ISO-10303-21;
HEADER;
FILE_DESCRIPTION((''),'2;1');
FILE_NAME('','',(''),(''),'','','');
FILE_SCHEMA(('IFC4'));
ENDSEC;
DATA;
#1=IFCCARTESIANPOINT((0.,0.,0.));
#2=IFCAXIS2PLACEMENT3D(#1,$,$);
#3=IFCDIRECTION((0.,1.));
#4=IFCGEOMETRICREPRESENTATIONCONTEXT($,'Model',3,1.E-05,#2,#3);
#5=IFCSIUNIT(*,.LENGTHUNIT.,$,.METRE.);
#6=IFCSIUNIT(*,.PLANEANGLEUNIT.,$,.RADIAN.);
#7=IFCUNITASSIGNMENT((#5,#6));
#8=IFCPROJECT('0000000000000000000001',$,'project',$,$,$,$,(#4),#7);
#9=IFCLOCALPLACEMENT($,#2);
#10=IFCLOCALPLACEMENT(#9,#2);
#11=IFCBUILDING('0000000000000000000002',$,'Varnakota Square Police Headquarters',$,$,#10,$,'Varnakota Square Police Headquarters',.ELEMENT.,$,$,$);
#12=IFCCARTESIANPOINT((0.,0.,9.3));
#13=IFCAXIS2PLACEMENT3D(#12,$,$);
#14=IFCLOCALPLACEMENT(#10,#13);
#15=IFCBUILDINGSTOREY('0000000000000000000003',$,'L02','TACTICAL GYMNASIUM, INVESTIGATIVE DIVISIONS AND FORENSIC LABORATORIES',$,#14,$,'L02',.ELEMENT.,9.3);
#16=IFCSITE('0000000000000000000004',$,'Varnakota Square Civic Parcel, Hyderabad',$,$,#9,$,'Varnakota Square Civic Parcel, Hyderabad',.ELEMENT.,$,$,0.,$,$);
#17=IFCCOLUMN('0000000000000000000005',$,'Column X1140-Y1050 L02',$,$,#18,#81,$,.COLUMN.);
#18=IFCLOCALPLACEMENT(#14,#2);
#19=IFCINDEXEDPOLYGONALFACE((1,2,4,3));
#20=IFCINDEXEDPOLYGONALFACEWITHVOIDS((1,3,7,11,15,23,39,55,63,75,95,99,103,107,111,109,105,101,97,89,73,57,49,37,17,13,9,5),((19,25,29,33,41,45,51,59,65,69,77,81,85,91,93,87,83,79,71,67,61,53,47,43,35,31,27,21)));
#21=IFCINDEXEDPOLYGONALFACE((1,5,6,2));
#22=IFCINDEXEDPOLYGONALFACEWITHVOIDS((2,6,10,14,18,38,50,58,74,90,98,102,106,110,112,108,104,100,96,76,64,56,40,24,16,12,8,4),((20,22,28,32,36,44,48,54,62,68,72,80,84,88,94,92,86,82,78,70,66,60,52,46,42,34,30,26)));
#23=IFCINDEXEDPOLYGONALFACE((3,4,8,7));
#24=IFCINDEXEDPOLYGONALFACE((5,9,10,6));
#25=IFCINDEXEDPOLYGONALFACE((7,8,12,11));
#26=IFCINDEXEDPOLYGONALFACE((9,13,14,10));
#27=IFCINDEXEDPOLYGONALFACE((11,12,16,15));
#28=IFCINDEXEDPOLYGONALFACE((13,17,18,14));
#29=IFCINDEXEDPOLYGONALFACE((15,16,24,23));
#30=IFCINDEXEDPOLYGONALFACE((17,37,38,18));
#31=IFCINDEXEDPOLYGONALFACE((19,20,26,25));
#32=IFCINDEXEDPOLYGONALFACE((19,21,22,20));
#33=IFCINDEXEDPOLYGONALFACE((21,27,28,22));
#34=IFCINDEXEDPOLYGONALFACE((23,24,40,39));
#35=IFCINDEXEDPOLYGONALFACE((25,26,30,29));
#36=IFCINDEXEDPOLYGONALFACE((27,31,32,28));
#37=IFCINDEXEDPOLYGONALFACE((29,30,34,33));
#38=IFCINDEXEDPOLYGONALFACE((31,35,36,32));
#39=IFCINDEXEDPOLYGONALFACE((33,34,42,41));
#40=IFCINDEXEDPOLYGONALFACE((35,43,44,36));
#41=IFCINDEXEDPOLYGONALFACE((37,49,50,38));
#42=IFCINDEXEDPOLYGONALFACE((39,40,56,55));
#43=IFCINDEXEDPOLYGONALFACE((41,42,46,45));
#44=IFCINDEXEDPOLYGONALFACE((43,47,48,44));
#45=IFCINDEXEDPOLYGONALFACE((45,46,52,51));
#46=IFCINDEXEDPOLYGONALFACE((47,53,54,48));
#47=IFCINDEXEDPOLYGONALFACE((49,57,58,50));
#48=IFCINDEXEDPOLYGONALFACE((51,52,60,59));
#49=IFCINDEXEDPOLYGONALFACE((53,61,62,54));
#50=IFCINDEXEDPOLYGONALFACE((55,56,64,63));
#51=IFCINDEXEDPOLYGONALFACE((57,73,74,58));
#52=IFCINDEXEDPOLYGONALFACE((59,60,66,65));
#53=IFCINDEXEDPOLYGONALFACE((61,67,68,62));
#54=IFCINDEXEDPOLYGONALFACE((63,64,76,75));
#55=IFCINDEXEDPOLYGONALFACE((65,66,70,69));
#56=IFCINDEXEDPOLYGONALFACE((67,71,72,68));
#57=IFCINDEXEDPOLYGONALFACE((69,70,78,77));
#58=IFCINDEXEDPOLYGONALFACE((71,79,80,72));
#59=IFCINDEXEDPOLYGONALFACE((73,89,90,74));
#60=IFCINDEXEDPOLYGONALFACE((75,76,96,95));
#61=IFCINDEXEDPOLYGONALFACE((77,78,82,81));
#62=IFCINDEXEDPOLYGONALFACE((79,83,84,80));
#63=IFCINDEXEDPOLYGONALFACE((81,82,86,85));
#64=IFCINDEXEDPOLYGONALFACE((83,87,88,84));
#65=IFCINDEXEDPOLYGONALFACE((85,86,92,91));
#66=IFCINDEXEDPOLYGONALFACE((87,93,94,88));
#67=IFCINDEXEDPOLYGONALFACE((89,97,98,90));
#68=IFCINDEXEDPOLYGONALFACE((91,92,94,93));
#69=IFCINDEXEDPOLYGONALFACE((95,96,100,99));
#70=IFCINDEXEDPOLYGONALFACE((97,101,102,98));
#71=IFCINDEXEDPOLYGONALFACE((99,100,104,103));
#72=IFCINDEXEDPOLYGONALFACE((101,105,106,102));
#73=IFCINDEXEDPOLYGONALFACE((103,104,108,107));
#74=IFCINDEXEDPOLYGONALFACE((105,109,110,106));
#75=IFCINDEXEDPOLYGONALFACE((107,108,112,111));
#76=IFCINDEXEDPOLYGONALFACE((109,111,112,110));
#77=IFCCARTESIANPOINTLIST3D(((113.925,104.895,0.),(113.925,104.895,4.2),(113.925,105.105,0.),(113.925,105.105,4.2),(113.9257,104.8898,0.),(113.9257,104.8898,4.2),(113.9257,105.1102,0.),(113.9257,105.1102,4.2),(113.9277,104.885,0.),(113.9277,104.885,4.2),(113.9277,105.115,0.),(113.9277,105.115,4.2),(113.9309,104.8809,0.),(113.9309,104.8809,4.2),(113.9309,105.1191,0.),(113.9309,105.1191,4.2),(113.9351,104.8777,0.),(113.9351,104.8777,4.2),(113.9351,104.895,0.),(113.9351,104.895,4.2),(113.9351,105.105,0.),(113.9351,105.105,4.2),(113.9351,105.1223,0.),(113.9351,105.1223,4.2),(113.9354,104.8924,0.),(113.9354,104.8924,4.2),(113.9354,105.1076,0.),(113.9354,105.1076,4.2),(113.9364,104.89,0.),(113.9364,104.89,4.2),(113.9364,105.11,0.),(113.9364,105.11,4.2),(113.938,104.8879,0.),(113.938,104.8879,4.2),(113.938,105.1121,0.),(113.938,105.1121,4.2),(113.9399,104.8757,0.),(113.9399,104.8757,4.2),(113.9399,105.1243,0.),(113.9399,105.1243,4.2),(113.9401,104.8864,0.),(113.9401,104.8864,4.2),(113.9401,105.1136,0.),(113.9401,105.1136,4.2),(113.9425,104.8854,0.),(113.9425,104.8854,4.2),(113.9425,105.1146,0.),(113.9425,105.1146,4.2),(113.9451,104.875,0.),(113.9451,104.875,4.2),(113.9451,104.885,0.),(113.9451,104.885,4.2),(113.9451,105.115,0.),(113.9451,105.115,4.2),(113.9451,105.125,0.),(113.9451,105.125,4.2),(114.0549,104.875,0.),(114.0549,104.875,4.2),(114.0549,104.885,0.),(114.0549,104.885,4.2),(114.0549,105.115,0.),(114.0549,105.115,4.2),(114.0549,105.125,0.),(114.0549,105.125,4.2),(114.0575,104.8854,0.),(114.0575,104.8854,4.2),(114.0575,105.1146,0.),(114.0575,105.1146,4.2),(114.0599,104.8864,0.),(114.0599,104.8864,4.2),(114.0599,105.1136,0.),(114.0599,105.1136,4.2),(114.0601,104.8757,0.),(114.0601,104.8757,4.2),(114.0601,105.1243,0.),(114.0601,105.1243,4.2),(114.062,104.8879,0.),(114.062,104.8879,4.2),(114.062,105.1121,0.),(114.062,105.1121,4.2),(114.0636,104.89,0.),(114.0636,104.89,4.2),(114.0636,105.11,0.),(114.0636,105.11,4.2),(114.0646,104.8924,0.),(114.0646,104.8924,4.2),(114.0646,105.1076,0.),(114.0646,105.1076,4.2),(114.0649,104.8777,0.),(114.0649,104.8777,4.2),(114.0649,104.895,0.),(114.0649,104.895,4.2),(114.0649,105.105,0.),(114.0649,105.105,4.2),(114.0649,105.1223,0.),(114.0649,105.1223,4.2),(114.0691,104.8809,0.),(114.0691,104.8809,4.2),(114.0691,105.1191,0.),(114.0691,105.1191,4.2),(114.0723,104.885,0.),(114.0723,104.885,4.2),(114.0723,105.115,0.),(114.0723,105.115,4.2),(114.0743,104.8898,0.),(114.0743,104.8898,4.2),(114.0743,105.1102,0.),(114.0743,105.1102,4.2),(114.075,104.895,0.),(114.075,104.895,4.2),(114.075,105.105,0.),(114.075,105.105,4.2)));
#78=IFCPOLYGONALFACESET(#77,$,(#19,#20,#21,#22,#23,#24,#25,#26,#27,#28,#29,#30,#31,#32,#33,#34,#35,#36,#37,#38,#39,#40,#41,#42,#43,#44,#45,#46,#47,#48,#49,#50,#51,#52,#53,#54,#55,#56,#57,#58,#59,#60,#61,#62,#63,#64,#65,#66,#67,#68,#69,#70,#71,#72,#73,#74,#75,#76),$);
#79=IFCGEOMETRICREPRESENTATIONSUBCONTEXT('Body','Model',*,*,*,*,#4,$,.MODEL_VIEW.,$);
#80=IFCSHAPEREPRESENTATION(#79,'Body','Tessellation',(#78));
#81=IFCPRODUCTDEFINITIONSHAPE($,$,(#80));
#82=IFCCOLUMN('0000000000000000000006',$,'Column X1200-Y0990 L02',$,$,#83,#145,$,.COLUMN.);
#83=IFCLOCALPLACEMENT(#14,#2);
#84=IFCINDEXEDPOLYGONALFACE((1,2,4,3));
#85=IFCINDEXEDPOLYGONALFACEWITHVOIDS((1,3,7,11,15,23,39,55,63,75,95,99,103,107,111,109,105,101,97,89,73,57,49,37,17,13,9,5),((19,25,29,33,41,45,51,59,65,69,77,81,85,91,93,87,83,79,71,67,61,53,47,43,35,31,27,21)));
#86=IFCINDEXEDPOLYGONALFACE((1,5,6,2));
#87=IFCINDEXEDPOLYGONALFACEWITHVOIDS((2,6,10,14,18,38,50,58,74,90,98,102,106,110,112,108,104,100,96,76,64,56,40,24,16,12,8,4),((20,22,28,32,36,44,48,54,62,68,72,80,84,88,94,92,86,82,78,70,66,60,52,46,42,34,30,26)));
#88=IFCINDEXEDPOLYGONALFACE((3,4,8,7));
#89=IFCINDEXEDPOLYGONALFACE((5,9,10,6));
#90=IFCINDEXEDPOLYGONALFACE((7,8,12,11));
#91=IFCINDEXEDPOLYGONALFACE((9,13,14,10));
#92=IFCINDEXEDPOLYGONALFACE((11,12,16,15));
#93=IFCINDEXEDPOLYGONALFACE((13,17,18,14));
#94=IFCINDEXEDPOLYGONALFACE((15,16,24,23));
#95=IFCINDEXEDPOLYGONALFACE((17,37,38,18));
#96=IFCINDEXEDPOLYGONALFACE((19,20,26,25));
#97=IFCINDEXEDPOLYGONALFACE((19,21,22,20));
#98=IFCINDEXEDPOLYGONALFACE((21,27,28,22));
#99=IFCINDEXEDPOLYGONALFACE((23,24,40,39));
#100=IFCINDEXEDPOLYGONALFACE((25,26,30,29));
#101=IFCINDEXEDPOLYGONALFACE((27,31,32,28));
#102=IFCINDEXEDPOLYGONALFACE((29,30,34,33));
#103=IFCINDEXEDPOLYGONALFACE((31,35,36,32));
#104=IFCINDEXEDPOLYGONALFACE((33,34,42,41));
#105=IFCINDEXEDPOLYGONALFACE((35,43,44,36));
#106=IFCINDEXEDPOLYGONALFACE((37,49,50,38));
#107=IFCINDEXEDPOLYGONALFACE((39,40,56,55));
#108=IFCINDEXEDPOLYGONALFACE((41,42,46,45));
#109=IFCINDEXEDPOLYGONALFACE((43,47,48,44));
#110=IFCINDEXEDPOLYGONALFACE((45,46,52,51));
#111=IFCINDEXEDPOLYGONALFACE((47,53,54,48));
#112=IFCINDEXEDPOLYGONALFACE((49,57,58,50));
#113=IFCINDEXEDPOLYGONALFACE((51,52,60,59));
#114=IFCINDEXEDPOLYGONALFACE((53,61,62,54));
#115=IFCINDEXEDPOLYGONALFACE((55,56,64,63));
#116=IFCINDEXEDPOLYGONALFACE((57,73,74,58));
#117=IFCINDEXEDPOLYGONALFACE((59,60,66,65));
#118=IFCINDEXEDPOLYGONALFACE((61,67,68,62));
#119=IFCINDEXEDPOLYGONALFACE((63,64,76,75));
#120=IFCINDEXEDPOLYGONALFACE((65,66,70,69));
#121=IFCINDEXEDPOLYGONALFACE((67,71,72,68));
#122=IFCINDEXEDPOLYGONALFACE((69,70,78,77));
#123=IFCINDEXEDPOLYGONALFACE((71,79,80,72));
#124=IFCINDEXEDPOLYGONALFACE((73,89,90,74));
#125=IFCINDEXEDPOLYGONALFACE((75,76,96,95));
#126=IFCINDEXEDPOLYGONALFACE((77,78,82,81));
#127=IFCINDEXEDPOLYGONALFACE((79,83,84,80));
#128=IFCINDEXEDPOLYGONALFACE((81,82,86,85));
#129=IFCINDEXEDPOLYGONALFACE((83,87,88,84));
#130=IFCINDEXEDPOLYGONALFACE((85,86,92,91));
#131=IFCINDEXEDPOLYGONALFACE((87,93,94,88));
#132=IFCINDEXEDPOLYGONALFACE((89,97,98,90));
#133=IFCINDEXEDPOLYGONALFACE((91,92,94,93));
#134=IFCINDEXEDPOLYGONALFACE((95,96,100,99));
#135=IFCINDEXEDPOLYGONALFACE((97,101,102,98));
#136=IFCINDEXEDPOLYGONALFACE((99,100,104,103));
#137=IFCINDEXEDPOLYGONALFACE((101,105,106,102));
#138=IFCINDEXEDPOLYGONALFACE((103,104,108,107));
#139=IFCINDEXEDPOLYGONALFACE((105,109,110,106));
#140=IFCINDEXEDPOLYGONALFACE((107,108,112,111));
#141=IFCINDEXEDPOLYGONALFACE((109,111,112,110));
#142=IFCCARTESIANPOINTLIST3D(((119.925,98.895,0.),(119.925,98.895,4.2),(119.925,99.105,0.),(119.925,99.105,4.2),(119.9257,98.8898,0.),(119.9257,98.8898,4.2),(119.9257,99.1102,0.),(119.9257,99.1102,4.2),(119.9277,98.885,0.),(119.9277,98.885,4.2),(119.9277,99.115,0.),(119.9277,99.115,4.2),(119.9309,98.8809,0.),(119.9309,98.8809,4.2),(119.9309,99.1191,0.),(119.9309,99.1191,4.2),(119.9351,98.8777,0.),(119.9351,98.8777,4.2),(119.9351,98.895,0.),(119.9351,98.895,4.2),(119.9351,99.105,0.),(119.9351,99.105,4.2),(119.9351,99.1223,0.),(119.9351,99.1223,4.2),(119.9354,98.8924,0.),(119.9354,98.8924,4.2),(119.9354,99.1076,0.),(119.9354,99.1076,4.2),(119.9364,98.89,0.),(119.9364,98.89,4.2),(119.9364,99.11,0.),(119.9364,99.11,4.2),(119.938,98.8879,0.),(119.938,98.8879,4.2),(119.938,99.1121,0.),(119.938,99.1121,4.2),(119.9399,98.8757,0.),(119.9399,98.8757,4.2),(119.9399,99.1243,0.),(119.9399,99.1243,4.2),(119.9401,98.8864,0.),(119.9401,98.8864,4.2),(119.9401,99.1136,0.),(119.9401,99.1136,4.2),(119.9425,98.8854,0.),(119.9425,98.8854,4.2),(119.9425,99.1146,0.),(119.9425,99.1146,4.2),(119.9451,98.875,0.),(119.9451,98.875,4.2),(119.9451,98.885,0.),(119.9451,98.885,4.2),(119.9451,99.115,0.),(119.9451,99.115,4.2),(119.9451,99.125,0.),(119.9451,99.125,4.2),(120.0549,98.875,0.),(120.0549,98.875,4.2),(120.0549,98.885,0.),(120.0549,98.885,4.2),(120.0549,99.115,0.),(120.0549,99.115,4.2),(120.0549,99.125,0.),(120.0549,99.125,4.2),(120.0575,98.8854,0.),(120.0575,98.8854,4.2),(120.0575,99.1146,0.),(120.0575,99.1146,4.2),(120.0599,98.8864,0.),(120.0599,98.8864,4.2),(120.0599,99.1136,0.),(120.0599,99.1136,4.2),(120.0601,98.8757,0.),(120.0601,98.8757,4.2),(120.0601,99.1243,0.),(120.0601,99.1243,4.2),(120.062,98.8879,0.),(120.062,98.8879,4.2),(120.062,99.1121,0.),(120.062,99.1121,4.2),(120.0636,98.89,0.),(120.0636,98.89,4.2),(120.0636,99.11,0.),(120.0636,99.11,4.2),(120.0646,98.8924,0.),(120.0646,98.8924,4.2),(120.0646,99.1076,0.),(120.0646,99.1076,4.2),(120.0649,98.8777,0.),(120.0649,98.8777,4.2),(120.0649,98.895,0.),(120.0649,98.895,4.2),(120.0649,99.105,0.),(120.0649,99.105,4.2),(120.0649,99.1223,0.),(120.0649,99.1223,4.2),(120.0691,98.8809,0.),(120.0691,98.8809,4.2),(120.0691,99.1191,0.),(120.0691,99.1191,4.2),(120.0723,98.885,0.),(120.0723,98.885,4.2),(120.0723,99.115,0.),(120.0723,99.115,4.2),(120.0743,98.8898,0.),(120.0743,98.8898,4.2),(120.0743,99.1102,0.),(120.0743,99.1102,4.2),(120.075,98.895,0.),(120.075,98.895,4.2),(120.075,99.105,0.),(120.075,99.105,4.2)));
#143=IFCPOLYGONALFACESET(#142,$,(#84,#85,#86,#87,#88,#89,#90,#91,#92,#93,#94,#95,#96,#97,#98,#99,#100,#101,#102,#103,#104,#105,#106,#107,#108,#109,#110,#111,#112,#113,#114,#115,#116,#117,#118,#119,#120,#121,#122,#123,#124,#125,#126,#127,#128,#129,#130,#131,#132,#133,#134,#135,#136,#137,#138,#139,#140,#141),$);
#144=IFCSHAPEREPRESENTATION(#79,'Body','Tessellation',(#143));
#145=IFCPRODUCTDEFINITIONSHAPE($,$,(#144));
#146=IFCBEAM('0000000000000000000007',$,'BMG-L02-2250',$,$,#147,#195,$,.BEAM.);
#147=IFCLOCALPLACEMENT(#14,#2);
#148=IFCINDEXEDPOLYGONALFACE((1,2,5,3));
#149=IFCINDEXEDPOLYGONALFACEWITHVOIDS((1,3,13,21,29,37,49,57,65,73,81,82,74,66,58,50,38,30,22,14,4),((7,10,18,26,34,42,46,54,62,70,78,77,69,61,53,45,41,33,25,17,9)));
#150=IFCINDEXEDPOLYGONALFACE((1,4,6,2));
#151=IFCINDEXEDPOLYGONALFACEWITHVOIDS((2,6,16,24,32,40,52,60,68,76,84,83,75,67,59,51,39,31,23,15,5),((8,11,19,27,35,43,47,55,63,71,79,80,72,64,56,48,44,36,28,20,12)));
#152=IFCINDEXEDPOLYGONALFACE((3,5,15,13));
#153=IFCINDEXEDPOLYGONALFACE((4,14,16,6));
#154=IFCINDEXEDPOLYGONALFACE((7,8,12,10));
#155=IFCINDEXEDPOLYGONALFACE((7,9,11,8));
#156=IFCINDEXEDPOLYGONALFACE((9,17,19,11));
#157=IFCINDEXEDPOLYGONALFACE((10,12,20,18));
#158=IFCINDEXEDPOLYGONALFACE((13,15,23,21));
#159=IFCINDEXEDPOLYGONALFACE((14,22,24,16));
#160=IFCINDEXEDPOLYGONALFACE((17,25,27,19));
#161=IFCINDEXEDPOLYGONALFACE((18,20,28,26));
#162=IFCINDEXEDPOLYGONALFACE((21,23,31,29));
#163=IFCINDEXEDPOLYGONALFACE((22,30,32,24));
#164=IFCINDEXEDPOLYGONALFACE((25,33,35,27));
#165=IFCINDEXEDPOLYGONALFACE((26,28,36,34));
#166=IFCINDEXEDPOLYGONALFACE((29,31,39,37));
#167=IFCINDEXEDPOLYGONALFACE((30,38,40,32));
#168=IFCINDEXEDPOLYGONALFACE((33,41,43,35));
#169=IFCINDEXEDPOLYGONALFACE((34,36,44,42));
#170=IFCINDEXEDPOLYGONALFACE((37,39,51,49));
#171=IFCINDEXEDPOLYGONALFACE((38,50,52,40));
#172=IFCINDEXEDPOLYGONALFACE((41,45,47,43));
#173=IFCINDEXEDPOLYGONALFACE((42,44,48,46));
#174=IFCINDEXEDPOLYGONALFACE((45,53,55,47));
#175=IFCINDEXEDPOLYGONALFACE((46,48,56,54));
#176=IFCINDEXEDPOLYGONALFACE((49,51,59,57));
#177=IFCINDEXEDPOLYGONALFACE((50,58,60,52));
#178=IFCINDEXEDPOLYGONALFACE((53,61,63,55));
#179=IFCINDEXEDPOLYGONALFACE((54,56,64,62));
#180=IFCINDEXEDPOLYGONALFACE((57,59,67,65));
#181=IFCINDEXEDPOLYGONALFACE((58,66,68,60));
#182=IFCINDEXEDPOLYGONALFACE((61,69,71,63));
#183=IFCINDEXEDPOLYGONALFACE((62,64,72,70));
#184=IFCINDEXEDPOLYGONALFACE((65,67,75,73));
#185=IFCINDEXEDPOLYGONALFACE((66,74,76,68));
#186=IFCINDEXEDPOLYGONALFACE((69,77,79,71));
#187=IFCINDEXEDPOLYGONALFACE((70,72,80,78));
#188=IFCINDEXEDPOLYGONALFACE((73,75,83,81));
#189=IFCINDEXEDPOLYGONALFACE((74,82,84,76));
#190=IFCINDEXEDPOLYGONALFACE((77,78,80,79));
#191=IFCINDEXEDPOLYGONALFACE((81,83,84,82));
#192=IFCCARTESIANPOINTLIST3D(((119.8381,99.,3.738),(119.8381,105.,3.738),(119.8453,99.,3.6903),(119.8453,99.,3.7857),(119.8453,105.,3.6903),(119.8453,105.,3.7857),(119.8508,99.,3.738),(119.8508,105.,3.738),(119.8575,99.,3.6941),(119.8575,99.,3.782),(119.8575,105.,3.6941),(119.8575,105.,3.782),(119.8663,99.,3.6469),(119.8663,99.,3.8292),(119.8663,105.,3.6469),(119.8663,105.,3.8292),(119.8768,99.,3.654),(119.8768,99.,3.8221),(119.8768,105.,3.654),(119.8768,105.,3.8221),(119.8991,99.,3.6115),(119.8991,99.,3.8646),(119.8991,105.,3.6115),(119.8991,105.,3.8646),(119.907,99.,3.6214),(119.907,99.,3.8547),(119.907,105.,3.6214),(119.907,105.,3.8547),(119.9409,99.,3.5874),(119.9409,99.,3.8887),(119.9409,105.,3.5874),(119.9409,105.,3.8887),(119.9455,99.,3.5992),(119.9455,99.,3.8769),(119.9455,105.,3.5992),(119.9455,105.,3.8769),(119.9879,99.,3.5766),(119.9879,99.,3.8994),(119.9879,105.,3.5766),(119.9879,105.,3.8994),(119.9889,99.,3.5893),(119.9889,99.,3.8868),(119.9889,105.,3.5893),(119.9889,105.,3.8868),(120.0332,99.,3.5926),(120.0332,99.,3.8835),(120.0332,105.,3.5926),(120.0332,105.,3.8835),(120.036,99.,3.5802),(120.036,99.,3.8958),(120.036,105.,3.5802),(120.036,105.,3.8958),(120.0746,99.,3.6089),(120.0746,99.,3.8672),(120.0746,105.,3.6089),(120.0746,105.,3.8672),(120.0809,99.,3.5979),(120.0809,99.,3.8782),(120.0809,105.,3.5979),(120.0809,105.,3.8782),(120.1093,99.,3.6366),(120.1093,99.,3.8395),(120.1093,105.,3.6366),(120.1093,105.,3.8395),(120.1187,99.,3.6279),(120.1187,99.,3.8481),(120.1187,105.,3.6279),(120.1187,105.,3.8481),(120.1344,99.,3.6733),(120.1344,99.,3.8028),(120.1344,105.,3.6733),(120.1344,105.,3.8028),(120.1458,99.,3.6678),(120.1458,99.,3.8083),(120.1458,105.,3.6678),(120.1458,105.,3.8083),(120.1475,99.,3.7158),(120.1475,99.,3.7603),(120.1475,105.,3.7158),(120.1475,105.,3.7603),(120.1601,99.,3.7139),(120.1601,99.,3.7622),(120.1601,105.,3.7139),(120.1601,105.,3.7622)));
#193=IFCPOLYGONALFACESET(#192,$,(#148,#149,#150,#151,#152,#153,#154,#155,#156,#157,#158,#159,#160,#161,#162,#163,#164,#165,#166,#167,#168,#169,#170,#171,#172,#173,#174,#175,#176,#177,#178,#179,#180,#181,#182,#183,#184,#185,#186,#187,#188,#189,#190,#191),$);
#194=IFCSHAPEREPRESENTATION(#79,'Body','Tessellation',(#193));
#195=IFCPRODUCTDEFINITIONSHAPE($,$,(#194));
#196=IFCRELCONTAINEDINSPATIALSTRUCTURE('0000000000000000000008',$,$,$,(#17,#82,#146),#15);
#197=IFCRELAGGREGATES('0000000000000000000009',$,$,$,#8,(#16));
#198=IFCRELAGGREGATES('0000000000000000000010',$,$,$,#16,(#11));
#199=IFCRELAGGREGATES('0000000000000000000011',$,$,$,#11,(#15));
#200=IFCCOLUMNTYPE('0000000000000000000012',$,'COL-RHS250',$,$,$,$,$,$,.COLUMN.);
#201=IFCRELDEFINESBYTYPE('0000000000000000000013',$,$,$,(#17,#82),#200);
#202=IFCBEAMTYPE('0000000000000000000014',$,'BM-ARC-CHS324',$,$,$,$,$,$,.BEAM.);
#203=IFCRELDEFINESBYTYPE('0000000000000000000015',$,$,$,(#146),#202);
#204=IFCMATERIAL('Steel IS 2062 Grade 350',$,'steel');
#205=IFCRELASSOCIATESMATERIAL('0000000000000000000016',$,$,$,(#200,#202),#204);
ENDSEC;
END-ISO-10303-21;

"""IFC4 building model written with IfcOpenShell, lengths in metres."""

from ifc_helpers import new_model, si_unit, direction, frame, origin, origin_2d, place, context, subcontext, project, spatial, hollow_rectangle, hollow_circle, extrude, material, material_profile, profile_set, type_object, element, save


model = new_model("IFC4")

# Units and contexts
model_context = context("Model", 3, precision=1e-05, world=origin(), true_north=direction((0.0, 1.0)))
body_context = subcontext(model_context, "Body", "Model", "MODEL_VIEW")
ifc_project = project(units=[si_unit("LENGTHUNIT", "METRE"), si_unit("PLANEANGLEUNIT", "RADIAN")], contexts=[model_context])

# Site, building, storey
site_placement = place(None, origin())
site = spatial("IfcSite", under=ifc_project, at=site_placement, Name="Varnakota Square Civic Parcel, Hyderabad", LongName="Varnakota Square Civic Parcel, Hyderabad", CompositionType="ELEMENT", RefElevation=0.0)
building_placement = place(site_placement, origin())
building = spatial("IfcBuilding", under=site, at=building_placement, Name="Varnakota Square Police Headquarters", LongName="Varnakota Square Police Headquarters", CompositionType="ELEMENT")
storey_placement = place(building_placement, frame((0.0, 0.0, 9.3)))
storey = spatial("IfcBuildingStorey", under=building, at=storey_placement, Name="L02", Description="TACTICAL GYMNASIUM, INVESTIGATIVE DIVISIONS AND FORENSIC LABORATORIES", LongName="L02", CompositionType="ELEMENT", Elevation=9.3)

# Columns
ifc_material_1 = material(Name="Steel IS 2062 Grade 350", Category="steel")
ifc_material_profile_1 = material_profile(ifc_material_1, hollow_rectangle(XDim=0.1499, YDim=0.25, WallThickness=0.01, InnerFilletRadius=0.01, OuterFilletRadius=0.02, at=origin_2d()), Name="RHS 250x150x10")
ifc_profile_set_1 = profile_set([ifc_material_profile_1], Name="Steel IS 2062 Grade 350")
column_type_1 = type_object("IfcColumnType", Name="COL-RHS250", PredefinedType="COLUMN", material=ifc_profile_set_1)
for number, where, z_axis, x_axis, name in (
    (1, (114.0, 105.0, 0.0), (0.0, 0.0, 1.0), (1.0, 0.0, 0.0), "Column X1140-Y1050 L02"),
    (2, (120.0, 99.0, 0.0), (0.0, 0.0, 1.0), (1.0, 0.0, 0.0), "Column X1200-Y0990 L02"),
):
    element("IfcColumn", number, at=place(storey_placement, frame(where, z_axis=z_axis, x_axis=x_axis)), inside=storey, type_object=column_type_1, Name=name, PredefinedType="COLUMN", context=body_context, shape_type="SweptSolid", body=[
        extrude(hollow_rectangle(XDim=0.1499, YDim=0.25, WallThickness=0.01, InnerFilletRadius=0.01, OuterFilletRadius=0.02, at=origin_2d()), origin(), (0.0, 0.0, 1.0), 4.2),
    ])

# Beam
ifc_material_profile_2 = material_profile(ifc_material_1, hollow_circle(Radius=0.1619, WallThickness=0.0127, at=origin_2d()), Name="CHS 323.9x12.7")
ifc_profile_set_2 = profile_set([ifc_material_profile_2], Name="Steel IS 2062 Grade 350")
beam_type_1 = type_object("IfcBeamType", Name="BM-ARC-CHS324", PredefinedType="BEAM", material=ifc_profile_set_2)
beam_1_placement = place(storey_placement, frame((120.0, 99.0, 3.738), z_axis=(0.0, 1.0, 0.0), x_axis=(-1.0, 0.0, 0.0)))
element("IfcBeam", 3, at=beam_1_placement, inside=storey, type_object=beam_type_1, Name="BMG-L02-2250", PredefinedType="BEAM", context=body_context, shape_type="SweptSolid", body=[
    extrude(hollow_circle(Radius=0.1619, WallThickness=0.0127, at=origin_2d()), origin(), (0.0, 0.0, 1.0), 6.0),
])

save(model, "model.ifc")
